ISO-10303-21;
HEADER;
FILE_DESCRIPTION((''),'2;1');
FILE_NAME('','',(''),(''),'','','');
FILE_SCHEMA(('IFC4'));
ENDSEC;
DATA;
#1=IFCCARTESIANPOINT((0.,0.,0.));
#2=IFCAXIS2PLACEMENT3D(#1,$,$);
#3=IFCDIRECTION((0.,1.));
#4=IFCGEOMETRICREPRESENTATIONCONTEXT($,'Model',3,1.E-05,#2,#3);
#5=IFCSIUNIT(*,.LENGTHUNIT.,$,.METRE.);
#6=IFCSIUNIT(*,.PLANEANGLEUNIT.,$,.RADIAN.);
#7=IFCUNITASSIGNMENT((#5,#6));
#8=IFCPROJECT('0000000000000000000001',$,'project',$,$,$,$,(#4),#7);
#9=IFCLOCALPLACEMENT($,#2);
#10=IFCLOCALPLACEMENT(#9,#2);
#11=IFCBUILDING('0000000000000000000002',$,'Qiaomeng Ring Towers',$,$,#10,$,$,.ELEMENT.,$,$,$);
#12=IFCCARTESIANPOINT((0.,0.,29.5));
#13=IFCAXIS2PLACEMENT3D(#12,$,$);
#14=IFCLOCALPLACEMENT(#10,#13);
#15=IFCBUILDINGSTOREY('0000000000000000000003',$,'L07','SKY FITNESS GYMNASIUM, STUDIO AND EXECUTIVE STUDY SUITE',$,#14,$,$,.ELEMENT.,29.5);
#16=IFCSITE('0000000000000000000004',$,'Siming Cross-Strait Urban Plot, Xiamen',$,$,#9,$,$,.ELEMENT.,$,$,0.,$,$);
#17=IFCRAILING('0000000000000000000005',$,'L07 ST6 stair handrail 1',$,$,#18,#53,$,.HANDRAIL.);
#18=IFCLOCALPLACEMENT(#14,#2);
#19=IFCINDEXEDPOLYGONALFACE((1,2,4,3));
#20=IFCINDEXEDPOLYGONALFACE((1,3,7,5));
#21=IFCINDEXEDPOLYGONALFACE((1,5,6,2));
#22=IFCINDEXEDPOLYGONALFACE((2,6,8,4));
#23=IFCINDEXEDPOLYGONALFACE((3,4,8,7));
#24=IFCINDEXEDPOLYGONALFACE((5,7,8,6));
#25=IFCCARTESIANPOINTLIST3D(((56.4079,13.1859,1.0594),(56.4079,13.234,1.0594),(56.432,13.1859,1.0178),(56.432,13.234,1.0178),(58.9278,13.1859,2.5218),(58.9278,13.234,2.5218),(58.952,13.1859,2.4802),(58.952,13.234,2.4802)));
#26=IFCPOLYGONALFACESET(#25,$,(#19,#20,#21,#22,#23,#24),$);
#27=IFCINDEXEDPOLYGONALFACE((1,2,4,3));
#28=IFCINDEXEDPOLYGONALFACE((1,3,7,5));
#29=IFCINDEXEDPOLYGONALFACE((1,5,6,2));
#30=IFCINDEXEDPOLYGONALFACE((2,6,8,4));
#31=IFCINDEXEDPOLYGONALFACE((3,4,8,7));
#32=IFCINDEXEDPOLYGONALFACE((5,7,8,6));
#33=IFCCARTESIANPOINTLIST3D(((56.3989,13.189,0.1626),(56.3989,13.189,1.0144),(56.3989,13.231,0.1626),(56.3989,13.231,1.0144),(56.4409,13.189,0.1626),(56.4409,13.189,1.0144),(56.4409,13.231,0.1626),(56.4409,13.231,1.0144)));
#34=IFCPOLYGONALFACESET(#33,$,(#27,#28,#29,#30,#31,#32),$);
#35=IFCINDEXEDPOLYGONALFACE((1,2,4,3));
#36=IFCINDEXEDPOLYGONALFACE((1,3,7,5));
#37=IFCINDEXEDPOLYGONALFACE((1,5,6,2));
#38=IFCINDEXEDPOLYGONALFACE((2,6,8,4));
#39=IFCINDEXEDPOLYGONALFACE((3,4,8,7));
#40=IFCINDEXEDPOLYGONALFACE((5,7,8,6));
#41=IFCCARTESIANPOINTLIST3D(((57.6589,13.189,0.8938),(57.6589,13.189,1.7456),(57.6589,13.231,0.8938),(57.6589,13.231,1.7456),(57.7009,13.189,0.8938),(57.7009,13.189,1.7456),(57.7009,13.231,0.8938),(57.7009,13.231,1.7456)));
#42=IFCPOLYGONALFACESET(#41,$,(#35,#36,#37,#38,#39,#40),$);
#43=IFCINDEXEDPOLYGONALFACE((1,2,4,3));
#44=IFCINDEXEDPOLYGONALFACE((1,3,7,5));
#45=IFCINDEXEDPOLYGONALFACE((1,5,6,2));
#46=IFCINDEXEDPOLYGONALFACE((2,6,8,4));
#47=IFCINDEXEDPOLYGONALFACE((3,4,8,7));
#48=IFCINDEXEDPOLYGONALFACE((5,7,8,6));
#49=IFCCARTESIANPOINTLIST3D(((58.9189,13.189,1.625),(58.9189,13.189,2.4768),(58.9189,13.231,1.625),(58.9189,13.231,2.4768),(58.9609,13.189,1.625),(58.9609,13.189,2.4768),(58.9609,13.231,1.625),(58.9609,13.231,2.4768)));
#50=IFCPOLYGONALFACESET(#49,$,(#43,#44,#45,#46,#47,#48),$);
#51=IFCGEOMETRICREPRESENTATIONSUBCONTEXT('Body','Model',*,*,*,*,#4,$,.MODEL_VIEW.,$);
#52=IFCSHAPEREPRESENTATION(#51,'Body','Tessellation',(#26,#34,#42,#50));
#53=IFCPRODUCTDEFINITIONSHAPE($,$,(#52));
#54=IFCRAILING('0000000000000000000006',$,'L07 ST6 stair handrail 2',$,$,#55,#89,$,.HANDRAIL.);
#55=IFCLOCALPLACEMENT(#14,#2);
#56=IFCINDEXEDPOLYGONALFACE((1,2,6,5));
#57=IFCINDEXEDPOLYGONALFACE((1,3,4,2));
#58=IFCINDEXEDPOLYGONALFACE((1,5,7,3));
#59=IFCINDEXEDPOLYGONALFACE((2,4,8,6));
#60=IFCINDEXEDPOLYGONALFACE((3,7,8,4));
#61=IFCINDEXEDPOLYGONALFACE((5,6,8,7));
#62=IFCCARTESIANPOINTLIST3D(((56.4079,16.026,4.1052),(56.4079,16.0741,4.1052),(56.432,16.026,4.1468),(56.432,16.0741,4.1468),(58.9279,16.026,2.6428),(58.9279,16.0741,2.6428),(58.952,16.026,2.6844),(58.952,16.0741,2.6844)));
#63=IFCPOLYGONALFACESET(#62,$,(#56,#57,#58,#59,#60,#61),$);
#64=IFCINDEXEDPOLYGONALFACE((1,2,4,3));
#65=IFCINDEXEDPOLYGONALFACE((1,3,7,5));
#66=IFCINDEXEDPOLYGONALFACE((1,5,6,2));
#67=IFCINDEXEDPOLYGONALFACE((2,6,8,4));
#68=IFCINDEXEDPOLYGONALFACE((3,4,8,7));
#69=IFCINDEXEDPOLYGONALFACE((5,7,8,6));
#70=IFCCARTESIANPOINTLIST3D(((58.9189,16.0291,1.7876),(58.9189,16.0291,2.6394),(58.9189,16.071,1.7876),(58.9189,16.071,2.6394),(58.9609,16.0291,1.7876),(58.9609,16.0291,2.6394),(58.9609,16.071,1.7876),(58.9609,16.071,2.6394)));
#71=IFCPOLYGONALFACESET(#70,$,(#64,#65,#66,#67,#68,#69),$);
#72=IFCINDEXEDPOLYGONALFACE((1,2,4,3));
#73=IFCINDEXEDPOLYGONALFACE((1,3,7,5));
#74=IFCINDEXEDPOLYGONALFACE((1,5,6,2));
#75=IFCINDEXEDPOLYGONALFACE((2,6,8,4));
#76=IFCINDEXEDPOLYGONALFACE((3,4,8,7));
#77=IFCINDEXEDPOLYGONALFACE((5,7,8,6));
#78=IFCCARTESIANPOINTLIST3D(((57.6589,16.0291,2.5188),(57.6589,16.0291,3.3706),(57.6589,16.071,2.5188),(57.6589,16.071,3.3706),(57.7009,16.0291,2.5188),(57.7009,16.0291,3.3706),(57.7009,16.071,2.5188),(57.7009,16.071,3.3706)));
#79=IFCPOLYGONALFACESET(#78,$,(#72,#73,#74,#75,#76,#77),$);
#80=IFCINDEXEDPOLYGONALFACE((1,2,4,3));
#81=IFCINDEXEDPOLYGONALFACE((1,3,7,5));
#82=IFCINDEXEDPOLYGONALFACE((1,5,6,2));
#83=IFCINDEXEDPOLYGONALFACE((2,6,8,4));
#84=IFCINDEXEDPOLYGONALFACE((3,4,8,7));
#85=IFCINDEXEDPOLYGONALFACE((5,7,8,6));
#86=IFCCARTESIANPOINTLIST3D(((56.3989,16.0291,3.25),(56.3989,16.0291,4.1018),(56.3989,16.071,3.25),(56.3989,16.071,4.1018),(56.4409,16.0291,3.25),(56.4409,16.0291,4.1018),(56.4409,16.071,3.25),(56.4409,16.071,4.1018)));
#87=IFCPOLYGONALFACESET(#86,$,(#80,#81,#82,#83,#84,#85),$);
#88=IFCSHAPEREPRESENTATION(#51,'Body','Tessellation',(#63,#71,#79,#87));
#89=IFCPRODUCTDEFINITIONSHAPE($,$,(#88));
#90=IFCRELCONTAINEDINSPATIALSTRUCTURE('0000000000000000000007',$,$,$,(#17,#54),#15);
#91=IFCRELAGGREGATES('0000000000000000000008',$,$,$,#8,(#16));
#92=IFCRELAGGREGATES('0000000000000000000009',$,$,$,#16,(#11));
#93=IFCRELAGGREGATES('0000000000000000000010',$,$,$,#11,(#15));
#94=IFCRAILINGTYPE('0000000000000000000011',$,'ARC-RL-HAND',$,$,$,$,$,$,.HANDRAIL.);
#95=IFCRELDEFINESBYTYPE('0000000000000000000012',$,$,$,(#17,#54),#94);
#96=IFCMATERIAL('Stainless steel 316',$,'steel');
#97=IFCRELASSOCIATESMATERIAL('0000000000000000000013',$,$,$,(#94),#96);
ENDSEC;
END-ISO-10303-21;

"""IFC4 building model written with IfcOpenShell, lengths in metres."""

from ifc_helpers import new_model, si_unit, direction, frame, origin, origin_2d, place, context, subcontext, project, spatial, rectangle, extrude, material, type_object, element, save


model = new_model("IFC4")

# Units and contexts
model_context = context("Model", 3, precision=1e-05, world=origin(), true_north=direction((0.0, 1.0)))
body_context = subcontext(model_context, "Body", "Model", "MODEL_VIEW")
ifc_project = project(units=[si_unit("LENGTHUNIT", "METRE"), si_unit("PLANEANGLEUNIT", "RADIAN")], contexts=[model_context])

# Site, building, storey
site_placement = place(None, origin())
site = spatial("IfcSite", under=ifc_project, at=site_placement, Name="Siming Cross-Strait Urban Plot, Xiamen", CompositionType="ELEMENT", RefElevation=0.0)
building_placement = place(site_placement, origin())
building = spatial("IfcBuilding", under=site, at=building_placement, Name="Qiaomeng Ring Towers", CompositionType="ELEMENT")
storey_placement = place(building_placement, frame((0.0, 0.0, 29.5)))
storey = spatial("IfcBuildingStorey", under=building, at=storey_placement, Name="L07", Description="SKY FITNESS GYMNASIUM, STUDIO AND EXECUTIVE STUDY SUITE", CompositionType="ELEMENT", Elevation=29.5)

# Shared definitions
ifc_material_1 = material(Name="Stainless steel 316", Category="steel")

# Railings
railing_type_1 = type_object("IfcRailingType", Name="ARC-RL-HAND", PredefinedType="HANDRAIL", material=ifc_material_1)
railing_1_placement = place(storey_placement, frame((56.4199, 13.21, 0.1626)))
element("IfcRailing", 1, at=railing_1_placement, inside=storey, type_object=railing_type_1, Name="L07 ST6 stair handrail 1", PredefinedType="HANDRAIL", context=body_context, shape_type="SweptSolid", body=[
    extrude(rectangle(XDim=0.0481, YDim=0.0481, at=origin_2d()), frame((0.0, 0.0, 0.876), z_axis=(0.864913, 0.0, 0.501921), x_axis=(0.0, 1.0, 0.0)), (0.0, 0.0, 1.0), 2.9136),
    extrude(rectangle(XDim=0.042, YDim=0.042, at=origin_2d()), origin(), (0.0, 0.0, 1.0), 0.8518),
    extrude(rectangle(XDim=0.042, YDim=0.042, at=origin_2d()), frame((1.26, 0.0, 0.7312)), (0.0, 0.0, 1.0), 0.8518),
    extrude(rectangle(XDim=0.042, YDim=0.042, at=origin_2d()), frame((2.52, 0.0, 1.4624)), (0.0, 0.0, 1.0), 0.8518),
])
railing_2_placement = place(storey_placement, frame((58.9399, 16.05, 1.7876)))
element("IfcRailing", 2, at=railing_2_placement, inside=storey, type_object=railing_type_1, Name="L07 ST6 stair handrail 2", PredefinedType="HANDRAIL", context=body_context, shape_type="SweptSolid", body=[
    extrude(rectangle(XDim=0.0481, YDim=0.0481, at=origin_2d()), frame((0.0, 0.0, 0.876), z_axis=(-0.864913, 0.0, 0.501921), x_axis=(0.0, -1.0, 0.0)), (0.0, 0.0, 1.0), 2.9136),
    extrude(rectangle(XDim=0.042, YDim=0.042, at=origin_2d()), origin(), (0.0, 0.0, 1.0), 0.8518),
    extrude(rectangle(XDim=0.042, YDim=0.042, at=origin_2d()), frame((-1.26, 0.0, 0.7312)), (0.0, 0.0, 1.0), 0.8518),
    extrude(rectangle(XDim=0.042, YDim=0.042, at=origin_2d()), frame((-2.52, 0.0, 1.4624)), (0.0, 0.0, 1.0), 0.8518),
])

save(model, "model.ifc")
